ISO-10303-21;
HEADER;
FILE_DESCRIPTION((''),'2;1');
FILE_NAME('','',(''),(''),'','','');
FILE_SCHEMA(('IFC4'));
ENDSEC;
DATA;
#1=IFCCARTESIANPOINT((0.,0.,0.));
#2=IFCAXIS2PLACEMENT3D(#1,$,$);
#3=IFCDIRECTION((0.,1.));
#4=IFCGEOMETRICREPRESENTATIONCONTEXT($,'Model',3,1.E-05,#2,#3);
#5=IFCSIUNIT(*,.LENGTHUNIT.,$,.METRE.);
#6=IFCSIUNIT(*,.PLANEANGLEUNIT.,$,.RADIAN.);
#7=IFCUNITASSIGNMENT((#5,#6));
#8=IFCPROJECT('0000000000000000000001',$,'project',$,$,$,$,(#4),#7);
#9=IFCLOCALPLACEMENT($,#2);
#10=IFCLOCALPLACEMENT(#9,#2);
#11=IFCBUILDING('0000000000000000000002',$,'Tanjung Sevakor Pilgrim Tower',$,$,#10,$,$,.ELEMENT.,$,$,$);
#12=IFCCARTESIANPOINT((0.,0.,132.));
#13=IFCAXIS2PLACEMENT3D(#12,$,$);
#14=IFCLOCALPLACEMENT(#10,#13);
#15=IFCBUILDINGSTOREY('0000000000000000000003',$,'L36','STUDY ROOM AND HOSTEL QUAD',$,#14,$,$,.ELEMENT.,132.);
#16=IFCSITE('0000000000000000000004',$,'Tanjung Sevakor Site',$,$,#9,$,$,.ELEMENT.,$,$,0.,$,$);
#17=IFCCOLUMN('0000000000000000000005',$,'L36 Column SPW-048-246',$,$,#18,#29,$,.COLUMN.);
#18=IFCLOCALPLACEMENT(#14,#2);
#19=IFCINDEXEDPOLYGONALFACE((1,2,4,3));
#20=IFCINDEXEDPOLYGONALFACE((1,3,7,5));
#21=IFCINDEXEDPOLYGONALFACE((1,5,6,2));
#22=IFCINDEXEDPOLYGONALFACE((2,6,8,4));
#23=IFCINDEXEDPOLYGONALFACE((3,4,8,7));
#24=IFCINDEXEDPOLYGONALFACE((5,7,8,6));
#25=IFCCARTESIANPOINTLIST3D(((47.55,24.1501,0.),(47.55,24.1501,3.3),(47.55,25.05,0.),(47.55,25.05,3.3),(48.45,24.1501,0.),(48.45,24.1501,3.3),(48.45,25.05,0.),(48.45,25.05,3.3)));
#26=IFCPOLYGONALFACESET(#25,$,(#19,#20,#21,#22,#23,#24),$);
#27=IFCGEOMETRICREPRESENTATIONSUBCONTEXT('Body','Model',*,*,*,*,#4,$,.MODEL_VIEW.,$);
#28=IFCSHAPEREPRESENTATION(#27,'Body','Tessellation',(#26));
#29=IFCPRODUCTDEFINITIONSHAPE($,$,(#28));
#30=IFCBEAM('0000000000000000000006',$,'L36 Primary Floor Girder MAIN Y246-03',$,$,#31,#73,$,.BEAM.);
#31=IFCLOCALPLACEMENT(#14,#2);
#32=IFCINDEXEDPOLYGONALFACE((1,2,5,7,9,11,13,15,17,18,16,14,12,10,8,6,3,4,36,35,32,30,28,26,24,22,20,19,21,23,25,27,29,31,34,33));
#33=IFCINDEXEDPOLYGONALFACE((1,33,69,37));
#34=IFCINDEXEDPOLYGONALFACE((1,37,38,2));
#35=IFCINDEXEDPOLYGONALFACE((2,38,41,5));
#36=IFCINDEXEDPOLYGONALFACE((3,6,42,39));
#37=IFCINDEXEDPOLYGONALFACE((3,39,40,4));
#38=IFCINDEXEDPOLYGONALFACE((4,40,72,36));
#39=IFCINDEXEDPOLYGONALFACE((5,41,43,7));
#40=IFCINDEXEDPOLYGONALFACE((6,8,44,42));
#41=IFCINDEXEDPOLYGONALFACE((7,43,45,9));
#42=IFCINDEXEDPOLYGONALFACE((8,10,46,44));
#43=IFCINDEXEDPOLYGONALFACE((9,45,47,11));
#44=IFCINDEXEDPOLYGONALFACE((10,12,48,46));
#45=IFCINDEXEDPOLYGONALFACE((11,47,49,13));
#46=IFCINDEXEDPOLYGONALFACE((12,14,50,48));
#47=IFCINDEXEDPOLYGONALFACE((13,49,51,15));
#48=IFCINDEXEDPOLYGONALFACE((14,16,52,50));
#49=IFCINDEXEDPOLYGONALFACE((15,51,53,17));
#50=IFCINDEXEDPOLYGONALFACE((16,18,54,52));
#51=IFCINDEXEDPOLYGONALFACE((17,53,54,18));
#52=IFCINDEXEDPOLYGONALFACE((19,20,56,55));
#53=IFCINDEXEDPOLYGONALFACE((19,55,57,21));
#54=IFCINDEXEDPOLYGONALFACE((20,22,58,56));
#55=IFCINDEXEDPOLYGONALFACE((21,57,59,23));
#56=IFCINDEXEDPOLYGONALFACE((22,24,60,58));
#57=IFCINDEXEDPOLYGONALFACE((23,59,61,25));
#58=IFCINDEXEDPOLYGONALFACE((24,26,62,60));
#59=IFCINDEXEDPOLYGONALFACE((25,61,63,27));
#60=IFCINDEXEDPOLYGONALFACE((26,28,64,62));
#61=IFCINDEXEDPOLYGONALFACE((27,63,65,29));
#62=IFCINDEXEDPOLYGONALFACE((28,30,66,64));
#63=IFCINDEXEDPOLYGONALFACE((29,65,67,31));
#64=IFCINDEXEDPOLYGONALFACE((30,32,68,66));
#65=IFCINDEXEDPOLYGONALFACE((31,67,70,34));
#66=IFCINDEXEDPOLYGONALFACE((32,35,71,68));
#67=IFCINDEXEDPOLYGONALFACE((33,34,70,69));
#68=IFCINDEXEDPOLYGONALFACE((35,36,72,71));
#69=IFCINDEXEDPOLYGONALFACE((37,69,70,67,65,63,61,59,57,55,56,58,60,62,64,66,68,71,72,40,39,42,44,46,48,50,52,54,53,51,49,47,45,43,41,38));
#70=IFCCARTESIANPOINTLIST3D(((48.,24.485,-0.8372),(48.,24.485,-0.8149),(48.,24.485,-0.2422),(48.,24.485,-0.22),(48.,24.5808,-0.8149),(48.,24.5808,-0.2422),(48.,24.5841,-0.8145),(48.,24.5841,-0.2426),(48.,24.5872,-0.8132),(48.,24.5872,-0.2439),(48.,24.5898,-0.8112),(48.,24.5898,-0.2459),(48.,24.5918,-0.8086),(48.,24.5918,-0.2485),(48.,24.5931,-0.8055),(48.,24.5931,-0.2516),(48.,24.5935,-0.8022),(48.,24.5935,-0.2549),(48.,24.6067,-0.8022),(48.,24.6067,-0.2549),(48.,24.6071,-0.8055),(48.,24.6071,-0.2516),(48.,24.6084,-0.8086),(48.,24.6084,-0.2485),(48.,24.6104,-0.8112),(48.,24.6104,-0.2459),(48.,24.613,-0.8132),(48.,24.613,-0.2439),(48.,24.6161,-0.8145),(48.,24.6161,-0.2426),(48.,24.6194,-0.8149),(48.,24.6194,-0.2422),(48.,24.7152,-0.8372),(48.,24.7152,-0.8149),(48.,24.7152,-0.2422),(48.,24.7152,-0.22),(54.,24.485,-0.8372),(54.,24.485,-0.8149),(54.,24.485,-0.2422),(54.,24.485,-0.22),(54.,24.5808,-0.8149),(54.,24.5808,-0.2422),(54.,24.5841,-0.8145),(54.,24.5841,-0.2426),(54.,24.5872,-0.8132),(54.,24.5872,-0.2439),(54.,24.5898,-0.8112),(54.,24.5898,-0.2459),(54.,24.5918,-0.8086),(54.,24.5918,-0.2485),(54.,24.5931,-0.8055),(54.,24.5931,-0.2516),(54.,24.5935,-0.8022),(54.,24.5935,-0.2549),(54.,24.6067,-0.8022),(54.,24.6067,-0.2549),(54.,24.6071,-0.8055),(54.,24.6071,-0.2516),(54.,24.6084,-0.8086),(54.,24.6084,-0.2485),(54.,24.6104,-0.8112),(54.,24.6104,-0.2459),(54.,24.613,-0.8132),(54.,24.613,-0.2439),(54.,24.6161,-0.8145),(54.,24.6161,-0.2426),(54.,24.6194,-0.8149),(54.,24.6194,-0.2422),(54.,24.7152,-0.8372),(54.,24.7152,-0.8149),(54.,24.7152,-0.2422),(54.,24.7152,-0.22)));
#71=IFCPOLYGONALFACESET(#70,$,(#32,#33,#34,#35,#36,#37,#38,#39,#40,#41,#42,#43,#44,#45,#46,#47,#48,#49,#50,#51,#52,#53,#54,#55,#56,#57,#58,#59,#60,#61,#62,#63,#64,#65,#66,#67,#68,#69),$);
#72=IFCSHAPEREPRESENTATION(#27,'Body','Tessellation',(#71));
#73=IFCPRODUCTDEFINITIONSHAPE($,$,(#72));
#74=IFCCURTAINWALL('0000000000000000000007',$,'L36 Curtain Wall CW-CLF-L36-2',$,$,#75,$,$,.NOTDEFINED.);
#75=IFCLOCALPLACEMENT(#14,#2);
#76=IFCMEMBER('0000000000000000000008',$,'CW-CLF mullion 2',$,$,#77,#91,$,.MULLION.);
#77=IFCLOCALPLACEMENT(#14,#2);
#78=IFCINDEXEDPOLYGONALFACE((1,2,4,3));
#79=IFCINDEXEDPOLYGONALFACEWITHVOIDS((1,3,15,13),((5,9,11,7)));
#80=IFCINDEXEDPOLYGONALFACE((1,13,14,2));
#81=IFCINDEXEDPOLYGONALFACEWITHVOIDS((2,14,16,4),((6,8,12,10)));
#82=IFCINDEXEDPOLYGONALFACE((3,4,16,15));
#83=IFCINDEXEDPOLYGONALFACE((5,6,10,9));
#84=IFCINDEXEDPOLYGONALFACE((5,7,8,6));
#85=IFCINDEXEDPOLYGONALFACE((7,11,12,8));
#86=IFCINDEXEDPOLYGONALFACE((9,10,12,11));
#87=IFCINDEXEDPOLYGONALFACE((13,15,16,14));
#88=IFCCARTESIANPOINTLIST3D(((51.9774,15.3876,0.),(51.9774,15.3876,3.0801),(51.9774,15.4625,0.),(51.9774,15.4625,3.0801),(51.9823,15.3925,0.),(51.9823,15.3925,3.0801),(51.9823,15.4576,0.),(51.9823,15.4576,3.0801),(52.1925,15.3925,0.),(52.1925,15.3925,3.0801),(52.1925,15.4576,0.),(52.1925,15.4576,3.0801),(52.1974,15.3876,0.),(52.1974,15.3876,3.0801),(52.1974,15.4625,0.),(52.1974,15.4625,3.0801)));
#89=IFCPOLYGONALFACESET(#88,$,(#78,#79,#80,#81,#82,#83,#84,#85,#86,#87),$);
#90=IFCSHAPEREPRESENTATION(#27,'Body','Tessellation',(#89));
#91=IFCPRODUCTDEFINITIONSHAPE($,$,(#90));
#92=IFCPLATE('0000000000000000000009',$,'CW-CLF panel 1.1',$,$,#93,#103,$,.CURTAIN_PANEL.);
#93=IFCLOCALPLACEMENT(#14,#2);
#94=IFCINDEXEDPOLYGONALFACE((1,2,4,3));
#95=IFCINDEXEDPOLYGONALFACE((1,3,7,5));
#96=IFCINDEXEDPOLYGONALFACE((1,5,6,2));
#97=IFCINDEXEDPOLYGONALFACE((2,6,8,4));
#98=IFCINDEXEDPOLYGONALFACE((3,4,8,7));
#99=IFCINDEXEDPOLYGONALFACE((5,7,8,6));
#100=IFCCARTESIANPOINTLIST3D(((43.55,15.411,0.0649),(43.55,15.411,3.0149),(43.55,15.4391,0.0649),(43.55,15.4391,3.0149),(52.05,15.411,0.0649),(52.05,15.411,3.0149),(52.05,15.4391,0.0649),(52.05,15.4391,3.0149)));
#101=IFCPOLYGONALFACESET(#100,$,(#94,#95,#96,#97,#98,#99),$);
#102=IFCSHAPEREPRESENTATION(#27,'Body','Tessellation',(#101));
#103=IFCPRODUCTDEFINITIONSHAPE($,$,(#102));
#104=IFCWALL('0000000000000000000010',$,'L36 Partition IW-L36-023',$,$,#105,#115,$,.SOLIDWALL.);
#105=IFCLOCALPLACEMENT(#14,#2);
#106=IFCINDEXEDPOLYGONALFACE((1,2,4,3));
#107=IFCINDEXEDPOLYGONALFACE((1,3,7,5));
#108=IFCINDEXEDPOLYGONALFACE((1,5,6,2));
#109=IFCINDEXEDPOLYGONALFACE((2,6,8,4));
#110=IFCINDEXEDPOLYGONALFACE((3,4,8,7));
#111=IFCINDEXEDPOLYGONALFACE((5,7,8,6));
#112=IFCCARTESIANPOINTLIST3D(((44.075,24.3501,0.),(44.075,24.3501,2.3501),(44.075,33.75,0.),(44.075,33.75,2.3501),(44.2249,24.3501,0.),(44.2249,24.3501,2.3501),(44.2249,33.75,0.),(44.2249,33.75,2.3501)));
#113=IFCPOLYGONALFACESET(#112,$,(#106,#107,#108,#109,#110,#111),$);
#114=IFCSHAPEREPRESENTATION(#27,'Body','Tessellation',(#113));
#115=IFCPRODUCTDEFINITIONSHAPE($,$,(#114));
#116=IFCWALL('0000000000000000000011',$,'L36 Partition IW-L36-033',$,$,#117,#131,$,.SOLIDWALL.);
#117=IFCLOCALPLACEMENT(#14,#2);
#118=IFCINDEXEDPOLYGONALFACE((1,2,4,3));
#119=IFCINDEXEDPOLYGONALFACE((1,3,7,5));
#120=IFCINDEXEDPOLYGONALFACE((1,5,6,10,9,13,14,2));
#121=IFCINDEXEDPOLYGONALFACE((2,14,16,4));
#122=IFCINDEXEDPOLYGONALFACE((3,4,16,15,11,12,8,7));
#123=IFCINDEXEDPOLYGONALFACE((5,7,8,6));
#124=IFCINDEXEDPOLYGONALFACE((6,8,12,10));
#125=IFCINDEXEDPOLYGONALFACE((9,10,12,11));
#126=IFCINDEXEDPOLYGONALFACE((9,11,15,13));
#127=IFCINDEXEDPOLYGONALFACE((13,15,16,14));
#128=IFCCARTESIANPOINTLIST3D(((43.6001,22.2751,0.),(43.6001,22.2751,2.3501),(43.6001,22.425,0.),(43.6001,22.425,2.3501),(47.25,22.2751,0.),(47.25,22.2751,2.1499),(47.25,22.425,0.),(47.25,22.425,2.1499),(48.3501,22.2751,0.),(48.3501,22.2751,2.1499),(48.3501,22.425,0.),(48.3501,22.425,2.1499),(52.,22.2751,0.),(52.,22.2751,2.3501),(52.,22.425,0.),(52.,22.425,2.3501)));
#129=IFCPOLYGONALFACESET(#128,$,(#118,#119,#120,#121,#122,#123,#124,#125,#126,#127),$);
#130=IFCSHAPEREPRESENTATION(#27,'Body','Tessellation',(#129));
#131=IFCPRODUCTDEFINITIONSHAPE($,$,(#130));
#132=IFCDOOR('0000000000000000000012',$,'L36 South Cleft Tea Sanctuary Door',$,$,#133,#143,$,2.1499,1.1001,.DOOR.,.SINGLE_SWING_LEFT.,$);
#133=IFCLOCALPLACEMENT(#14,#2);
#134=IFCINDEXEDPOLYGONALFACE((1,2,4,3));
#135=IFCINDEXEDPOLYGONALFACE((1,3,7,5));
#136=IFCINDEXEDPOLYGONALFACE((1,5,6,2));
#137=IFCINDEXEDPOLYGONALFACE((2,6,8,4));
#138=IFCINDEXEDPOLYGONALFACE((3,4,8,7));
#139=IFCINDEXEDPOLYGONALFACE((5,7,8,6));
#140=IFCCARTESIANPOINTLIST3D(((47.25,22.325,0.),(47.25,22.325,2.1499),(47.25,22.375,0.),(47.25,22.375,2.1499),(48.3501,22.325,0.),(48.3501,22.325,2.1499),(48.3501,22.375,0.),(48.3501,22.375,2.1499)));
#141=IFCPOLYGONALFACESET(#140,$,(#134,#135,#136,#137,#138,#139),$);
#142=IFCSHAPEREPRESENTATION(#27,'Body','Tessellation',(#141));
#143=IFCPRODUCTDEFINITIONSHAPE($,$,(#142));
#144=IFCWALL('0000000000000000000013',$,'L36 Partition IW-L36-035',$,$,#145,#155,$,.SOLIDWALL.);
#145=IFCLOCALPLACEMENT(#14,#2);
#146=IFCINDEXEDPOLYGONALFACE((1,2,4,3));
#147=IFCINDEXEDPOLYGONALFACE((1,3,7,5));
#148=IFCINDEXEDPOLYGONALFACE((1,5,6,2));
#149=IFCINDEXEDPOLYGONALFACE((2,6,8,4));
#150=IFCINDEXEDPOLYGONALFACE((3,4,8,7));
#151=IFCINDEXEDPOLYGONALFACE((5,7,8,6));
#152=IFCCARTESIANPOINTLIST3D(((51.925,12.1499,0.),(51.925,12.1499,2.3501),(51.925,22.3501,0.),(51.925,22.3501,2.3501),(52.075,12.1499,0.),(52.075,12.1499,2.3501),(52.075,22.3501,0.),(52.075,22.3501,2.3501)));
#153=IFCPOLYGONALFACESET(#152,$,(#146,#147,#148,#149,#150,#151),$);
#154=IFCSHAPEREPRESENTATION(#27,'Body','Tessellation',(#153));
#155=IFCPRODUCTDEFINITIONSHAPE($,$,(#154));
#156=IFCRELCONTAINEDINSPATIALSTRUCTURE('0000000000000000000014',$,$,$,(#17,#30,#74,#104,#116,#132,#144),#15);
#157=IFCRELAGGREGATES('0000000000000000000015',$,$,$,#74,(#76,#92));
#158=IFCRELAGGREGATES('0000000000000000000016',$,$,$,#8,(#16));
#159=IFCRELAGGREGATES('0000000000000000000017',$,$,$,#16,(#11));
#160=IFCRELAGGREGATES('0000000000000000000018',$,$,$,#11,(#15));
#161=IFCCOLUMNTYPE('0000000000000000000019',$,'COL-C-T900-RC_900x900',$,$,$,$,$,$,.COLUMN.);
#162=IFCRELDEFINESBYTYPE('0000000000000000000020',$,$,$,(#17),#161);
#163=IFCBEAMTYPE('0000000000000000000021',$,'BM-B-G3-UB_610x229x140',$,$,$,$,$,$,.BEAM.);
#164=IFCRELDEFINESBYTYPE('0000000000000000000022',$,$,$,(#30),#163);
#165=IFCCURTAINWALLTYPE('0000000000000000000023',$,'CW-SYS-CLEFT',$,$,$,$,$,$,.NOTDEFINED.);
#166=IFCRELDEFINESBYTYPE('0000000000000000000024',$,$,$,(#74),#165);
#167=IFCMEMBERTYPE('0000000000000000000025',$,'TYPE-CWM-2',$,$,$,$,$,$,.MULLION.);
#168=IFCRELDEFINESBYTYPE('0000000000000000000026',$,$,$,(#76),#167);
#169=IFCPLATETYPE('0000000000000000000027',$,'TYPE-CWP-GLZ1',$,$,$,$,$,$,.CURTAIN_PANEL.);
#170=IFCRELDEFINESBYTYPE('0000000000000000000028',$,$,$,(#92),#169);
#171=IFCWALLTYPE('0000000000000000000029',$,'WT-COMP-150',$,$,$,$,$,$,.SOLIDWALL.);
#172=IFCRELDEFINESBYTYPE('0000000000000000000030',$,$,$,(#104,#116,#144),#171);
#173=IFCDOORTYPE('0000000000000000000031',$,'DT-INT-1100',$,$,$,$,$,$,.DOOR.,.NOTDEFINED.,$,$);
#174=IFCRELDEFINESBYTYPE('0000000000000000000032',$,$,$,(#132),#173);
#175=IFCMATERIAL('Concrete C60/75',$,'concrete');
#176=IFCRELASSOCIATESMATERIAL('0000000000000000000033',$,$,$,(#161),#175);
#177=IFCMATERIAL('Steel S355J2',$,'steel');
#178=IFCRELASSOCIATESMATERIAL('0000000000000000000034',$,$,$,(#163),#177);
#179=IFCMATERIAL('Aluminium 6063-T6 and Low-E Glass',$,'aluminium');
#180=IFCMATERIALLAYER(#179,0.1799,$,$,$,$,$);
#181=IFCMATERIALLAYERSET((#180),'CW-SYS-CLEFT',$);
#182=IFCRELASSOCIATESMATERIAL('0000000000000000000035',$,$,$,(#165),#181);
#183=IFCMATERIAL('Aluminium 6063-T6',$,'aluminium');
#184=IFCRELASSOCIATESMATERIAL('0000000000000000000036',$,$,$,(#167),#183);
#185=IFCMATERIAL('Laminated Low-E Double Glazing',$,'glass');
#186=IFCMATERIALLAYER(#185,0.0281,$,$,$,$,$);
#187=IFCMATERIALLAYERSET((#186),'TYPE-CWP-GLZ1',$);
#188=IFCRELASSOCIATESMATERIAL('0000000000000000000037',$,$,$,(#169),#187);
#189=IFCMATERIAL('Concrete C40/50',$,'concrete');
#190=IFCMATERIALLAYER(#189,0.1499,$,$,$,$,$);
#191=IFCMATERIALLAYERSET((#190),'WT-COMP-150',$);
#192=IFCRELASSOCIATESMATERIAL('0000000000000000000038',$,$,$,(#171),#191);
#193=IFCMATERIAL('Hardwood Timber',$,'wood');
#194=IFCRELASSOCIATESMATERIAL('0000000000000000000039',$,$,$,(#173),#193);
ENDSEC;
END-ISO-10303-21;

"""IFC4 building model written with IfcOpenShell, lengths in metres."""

from ifc_helpers import new_model, si_unit, direction, frame, frame_2d, origin, origin_2d, place, context, subcontext, project, spatial, rectangle, hollow_rectangle, i_section, extrude, material, layer, layer_set, material_profile, profile_set, type_object, element, fill, aggregate, save


model = new_model("IFC4")

# Units and contexts
model_context = context("Model", 3, precision=1e-05, world=origin(), true_north=direction((0.0, 1.0)))
body_context = subcontext(model_context, "Body", "Model", "MODEL_VIEW")
ifc_project = project(units=[si_unit("LENGTHUNIT", "METRE"), si_unit("PLANEANGLEUNIT", "RADIAN")], contexts=[model_context])

# Site, building, storey
site_placement = place(None, origin())
site = spatial("IfcSite", under=ifc_project, at=site_placement, Name="Tanjung Sevakor Site", CompositionType="ELEMENT", RefElevation=0.0)
building_placement = place(site_placement, origin())
building = spatial("IfcBuilding", under=site, at=building_placement, Name="Tanjung Sevakor Pilgrim Tower", CompositionType="ELEMENT")
storey_placement = place(building_placement, frame((0.0, 0.0, 132.0)))
storey = spatial("IfcBuildingStorey", under=building, at=storey_placement, Name="L36", Description="STUDY ROOM AND HOSTEL QUAD", CompositionType="ELEMENT", Elevation=132.0)

# Column
ifc_material_1 = material(Name="Concrete C60/75", Category="concrete")
ifc_material_profile_1 = material_profile(ifc_material_1, rectangle(XDim=0.8999, YDim=0.8999, at=origin_2d()))
ifc_profile_set_1 = profile_set([ifc_material_profile_1], Name="Concrete C60/75")
column_type = type_object("IfcColumnType", Name="COL-C-T900-RC_900x900", PredefinedType="COLUMN", material=ifc_profile_set_1)
column_placement = place(storey_placement, frame((48.0, 24.6001, 0.0), z_axis=(0.0, 0.0, 1.0), x_axis=(1.0, 0.0, 0.0)))
element("IfcColumn", 1, at=column_placement, inside=storey, type_object=column_type, Name="L36 Column SPW-048-246", PredefinedType="COLUMN", context=body_context, shape_type="SweptSolid", body=[
    extrude(rectangle(XDim=0.8999, YDim=0.8999, at=origin_2d()), origin(), (0.0, 0.0, 1.0), 3.3),
])

# Beam
ifc_material_2 = material(Name="Steel S355J2", Category="steel")
ifc_material_profile_2 = material_profile(ifc_material_2, i_section(OverallWidth=0.2302, OverallDepth=0.6172, WebThickness=0.0132, FlangeThickness=0.0222, FilletRadius=0.0127, at=origin_2d()))
ifc_profile_set_2 = profile_set([ifc_material_profile_2], Name="Steel S355J2")
beam_type = type_object("IfcBeamType", Name="BM-B-G3-UB_610x229x140", PredefinedType="BEAM", material=ifc_profile_set_2)
beam_placement = place(storey_placement, frame((48.0, 24.6001, -0.5286), z_axis=(1.0, 0.0, 0.0), x_axis=(0.0, 1.0, 0.0)))
element("IfcBeam", 2, at=beam_placement, inside=storey, type_object=beam_type, Name="L36 Primary Floor Girder MAIN Y246-03", PredefinedType="BEAM", context=body_context, shape_type="SweptSolid", body=[
    extrude(i_section(OverallWidth=0.2302, OverallDepth=0.6172, WebThickness=0.0132, FlangeThickness=0.0222, FilletRadius=0.0127, at=origin_2d()), origin(), (0.0, 0.0, 1.0), 6.0),
])

# Curtain wall, member, plate
ifc_material_3 = material(Name="Aluminium 6063-T6 and Low-E Glass", Category="aluminium")
ifc_layer_1 = layer(ifc_material_3, 0.1799)
ifc_layer_set_1 = layer_set([ifc_layer_1], Name="CW-SYS-CLEFT")
curtain_wall_type = type_object("IfcCurtainWallType", Name="CW-SYS-CLEFT", PredefinedType="NOTDEFINED", material=ifc_layer_set_1)
curtain_wall_placement = place(storey_placement, origin())
curtain_wall = element("IfcCurtainWall", 3, at=curtain_wall_placement, inside=storey, type_object=curtain_wall_type, Name="L36 Curtain Wall CW-CLF-L36-2", PredefinedType="NOTDEFINED")
ifc_material_4 = material(Name="Aluminium 6063-T6", Category="aluminium")
ifc_material_profile_3 = material_profile(ifc_material_4, hollow_rectangle(XDim=0.075, YDim=0.22, WallThickness=0.0049, at=origin_2d()))
ifc_profile_set_3 = profile_set([ifc_material_profile_3], Name="Aluminium 6063-T6")
member_type = type_object("IfcMemberType", Name="TYPE-CWM-2", PredefinedType="MULLION", material=ifc_profile_set_3)
member_placement = place(storey_placement, frame((52.0874, 15.425, 0.0), z_axis=(0.0, 0.0, 1.0), x_axis=(0.0, 1.0, 0.0)))
member = element("IfcMember", 4, at=member_placement, type_object=member_type, Name="CW-CLF mullion 2", PredefinedType="MULLION", context=body_context, shape_type="SweptSolid", body=[
    extrude(hollow_rectangle(XDim=0.075, YDim=0.22, WallThickness=0.0049, at=origin_2d()), origin(), (0.0, 0.0, 1.0), 3.0801),
])
ifc_material_5 = material(Name="Laminated Low-E Double Glazing", Category="glass")
ifc_layer_2 = layer(ifc_material_5, 0.0281)
ifc_layer_set_2 = layer_set([ifc_layer_2], Name="TYPE-CWP-GLZ1")
plate_type = type_object("IfcPlateType", Name="TYPE-CWP-GLZ1", PredefinedType="CURTAIN_PANEL", material=ifc_layer_set_2)
plate_placement = place(storey_placement, frame((47.8, 15.425, 0.0649), z_axis=(0.0, 0.0, 1.0), x_axis=(1.0, 0.0, 0.0)))
plate = element("IfcPlate", 5, at=plate_placement, type_object=plate_type, Name="CW-CLF panel 1.1", PredefinedType="CURTAIN_PANEL", context=body_context, shape_type="SweptSolid", body=[
    extrude(rectangle(XDim=8.5, YDim=0.0281, at=origin_2d()), origin(), (0.0, 0.0, 1.0), 2.95),
])
aggregate(curtain_wall, [member, plate])

# Wall
ifc_material_6 = material(Name="Concrete C40/50", Category="concrete")
ifc_layer_3 = layer(ifc_material_6, 0.1499)
ifc_layer_set_3 = layer_set([ifc_layer_3], Name="WT-COMP-150")
wall_type_1 = type_object("IfcWallType", Name="WT-COMP-150", PredefinedType="SOLIDWALL", material=ifc_layer_set_3)
wall_1_placement = place(storey_placement, frame((44.1499, 24.3501, 0.0), z_axis=(0.0, 0.0, 1.0), x_axis=(0.0, 1.0, 0.0)))
element("IfcWall", 6, at=wall_1_placement, inside=storey, type_object=wall_type_1, Name="L36 Partition IW-L36-023", PredefinedType="SOLIDWALL", context=body_context, shape_type="SweptSolid", body=[
    extrude(rectangle(XDim=9.3999, YDim=0.1499, at=frame_2d((4.7, 0.0))), origin(), (0.0, 0.0, 1.0), 2.3501),
])

# Wall, opening, door
wall_2_placement = place(storey_placement, frame((43.6001, 22.3501, 0.0), z_axis=(0.0, 0.0, 1.0), x_axis=(1.0, 0.0, 0.0)))
wall_2 = element("IfcWall", 7, at=wall_2_placement, inside=storey, type_object=wall_type_1, Name="L36 Partition IW-L36-033", PredefinedType="SOLIDWALL", context=body_context, shape_type="SweptSolid", body=[
    extrude(rectangle(XDim=8.3999, YDim=0.1499, at=frame_2d((4.2, 0.0))), origin(), (0.0, 0.0, 1.0), 2.3501),
])
opening_1_placement = place(wall_2_placement, frame((3.6499, 0.0, 0.0)))
opening_1 = element("IfcOpeningElement", 8, at=opening_1_placement, cuts=wall_2, PredefinedType="OPENING", context=body_context, shape_type="SweptSolid", body=[
    extrude(rectangle(XDim=1.1001, YDim=2.1499, at=frame_2d((0.55, 1.075))), frame((0.0, 0.085, 0.0), z_axis=(0.0, -1.0, 0.0), x_axis=(1.0, 0.0, 0.0)), (0.0, 0.0, 1.0), 0.1699),
])
ifc_material_7 = material(Name="Hardwood Timber", Category="wood")
door_type_1 = type_object("IfcDoorType", Name="DT-INT-1100", OperationType="NOTDEFINED", PredefinedType="DOOR", material=ifc_material_7)
door_1_placement = place(opening_1_placement, origin())
door_1 = element("IfcDoor", 9, at=door_1_placement, inside=storey, type_object=door_type_1, Name="L36 South Cleft Tea Sanctuary Door", OperationType="SINGLE_SWING_LEFT", OverallHeight=2.1499, OverallWidth=1.1001, PredefinedType="DOOR", context=body_context, shape_type="SweptSolid", body=[
    extrude(rectangle(XDim=1.1001, YDim=2.1499, at=frame_2d((0.55, 1.075))), frame((0.0, 0.0249, 0.0), z_axis=(0.0, -1.0, 0.0), x_axis=(1.0, 0.0, 0.0)), (0.0, 0.0, 1.0), 0.05),
])
fill(opening_1, door_1)

# Wall
wall_3_placement = place(storey_placement, frame((52.0, 12.1499, 0.0), z_axis=(0.0, 0.0, 1.0), x_axis=(0.0, 1.0, 0.0)))
element("IfcWall", 10, at=wall_3_placement, inside=storey, type_object=wall_type_1, Name="L36 Partition IW-L36-035", PredefinedType="SOLIDWALL", context=body_context, shape_type="SweptSolid", body=[
    extrude(rectangle(XDim=10.2002, YDim=0.1499, at=frame_2d((5.1001, 0.0))), origin(), (0.0, 0.0, 1.0), 2.3501),
])

save(model, "model.ifc")
